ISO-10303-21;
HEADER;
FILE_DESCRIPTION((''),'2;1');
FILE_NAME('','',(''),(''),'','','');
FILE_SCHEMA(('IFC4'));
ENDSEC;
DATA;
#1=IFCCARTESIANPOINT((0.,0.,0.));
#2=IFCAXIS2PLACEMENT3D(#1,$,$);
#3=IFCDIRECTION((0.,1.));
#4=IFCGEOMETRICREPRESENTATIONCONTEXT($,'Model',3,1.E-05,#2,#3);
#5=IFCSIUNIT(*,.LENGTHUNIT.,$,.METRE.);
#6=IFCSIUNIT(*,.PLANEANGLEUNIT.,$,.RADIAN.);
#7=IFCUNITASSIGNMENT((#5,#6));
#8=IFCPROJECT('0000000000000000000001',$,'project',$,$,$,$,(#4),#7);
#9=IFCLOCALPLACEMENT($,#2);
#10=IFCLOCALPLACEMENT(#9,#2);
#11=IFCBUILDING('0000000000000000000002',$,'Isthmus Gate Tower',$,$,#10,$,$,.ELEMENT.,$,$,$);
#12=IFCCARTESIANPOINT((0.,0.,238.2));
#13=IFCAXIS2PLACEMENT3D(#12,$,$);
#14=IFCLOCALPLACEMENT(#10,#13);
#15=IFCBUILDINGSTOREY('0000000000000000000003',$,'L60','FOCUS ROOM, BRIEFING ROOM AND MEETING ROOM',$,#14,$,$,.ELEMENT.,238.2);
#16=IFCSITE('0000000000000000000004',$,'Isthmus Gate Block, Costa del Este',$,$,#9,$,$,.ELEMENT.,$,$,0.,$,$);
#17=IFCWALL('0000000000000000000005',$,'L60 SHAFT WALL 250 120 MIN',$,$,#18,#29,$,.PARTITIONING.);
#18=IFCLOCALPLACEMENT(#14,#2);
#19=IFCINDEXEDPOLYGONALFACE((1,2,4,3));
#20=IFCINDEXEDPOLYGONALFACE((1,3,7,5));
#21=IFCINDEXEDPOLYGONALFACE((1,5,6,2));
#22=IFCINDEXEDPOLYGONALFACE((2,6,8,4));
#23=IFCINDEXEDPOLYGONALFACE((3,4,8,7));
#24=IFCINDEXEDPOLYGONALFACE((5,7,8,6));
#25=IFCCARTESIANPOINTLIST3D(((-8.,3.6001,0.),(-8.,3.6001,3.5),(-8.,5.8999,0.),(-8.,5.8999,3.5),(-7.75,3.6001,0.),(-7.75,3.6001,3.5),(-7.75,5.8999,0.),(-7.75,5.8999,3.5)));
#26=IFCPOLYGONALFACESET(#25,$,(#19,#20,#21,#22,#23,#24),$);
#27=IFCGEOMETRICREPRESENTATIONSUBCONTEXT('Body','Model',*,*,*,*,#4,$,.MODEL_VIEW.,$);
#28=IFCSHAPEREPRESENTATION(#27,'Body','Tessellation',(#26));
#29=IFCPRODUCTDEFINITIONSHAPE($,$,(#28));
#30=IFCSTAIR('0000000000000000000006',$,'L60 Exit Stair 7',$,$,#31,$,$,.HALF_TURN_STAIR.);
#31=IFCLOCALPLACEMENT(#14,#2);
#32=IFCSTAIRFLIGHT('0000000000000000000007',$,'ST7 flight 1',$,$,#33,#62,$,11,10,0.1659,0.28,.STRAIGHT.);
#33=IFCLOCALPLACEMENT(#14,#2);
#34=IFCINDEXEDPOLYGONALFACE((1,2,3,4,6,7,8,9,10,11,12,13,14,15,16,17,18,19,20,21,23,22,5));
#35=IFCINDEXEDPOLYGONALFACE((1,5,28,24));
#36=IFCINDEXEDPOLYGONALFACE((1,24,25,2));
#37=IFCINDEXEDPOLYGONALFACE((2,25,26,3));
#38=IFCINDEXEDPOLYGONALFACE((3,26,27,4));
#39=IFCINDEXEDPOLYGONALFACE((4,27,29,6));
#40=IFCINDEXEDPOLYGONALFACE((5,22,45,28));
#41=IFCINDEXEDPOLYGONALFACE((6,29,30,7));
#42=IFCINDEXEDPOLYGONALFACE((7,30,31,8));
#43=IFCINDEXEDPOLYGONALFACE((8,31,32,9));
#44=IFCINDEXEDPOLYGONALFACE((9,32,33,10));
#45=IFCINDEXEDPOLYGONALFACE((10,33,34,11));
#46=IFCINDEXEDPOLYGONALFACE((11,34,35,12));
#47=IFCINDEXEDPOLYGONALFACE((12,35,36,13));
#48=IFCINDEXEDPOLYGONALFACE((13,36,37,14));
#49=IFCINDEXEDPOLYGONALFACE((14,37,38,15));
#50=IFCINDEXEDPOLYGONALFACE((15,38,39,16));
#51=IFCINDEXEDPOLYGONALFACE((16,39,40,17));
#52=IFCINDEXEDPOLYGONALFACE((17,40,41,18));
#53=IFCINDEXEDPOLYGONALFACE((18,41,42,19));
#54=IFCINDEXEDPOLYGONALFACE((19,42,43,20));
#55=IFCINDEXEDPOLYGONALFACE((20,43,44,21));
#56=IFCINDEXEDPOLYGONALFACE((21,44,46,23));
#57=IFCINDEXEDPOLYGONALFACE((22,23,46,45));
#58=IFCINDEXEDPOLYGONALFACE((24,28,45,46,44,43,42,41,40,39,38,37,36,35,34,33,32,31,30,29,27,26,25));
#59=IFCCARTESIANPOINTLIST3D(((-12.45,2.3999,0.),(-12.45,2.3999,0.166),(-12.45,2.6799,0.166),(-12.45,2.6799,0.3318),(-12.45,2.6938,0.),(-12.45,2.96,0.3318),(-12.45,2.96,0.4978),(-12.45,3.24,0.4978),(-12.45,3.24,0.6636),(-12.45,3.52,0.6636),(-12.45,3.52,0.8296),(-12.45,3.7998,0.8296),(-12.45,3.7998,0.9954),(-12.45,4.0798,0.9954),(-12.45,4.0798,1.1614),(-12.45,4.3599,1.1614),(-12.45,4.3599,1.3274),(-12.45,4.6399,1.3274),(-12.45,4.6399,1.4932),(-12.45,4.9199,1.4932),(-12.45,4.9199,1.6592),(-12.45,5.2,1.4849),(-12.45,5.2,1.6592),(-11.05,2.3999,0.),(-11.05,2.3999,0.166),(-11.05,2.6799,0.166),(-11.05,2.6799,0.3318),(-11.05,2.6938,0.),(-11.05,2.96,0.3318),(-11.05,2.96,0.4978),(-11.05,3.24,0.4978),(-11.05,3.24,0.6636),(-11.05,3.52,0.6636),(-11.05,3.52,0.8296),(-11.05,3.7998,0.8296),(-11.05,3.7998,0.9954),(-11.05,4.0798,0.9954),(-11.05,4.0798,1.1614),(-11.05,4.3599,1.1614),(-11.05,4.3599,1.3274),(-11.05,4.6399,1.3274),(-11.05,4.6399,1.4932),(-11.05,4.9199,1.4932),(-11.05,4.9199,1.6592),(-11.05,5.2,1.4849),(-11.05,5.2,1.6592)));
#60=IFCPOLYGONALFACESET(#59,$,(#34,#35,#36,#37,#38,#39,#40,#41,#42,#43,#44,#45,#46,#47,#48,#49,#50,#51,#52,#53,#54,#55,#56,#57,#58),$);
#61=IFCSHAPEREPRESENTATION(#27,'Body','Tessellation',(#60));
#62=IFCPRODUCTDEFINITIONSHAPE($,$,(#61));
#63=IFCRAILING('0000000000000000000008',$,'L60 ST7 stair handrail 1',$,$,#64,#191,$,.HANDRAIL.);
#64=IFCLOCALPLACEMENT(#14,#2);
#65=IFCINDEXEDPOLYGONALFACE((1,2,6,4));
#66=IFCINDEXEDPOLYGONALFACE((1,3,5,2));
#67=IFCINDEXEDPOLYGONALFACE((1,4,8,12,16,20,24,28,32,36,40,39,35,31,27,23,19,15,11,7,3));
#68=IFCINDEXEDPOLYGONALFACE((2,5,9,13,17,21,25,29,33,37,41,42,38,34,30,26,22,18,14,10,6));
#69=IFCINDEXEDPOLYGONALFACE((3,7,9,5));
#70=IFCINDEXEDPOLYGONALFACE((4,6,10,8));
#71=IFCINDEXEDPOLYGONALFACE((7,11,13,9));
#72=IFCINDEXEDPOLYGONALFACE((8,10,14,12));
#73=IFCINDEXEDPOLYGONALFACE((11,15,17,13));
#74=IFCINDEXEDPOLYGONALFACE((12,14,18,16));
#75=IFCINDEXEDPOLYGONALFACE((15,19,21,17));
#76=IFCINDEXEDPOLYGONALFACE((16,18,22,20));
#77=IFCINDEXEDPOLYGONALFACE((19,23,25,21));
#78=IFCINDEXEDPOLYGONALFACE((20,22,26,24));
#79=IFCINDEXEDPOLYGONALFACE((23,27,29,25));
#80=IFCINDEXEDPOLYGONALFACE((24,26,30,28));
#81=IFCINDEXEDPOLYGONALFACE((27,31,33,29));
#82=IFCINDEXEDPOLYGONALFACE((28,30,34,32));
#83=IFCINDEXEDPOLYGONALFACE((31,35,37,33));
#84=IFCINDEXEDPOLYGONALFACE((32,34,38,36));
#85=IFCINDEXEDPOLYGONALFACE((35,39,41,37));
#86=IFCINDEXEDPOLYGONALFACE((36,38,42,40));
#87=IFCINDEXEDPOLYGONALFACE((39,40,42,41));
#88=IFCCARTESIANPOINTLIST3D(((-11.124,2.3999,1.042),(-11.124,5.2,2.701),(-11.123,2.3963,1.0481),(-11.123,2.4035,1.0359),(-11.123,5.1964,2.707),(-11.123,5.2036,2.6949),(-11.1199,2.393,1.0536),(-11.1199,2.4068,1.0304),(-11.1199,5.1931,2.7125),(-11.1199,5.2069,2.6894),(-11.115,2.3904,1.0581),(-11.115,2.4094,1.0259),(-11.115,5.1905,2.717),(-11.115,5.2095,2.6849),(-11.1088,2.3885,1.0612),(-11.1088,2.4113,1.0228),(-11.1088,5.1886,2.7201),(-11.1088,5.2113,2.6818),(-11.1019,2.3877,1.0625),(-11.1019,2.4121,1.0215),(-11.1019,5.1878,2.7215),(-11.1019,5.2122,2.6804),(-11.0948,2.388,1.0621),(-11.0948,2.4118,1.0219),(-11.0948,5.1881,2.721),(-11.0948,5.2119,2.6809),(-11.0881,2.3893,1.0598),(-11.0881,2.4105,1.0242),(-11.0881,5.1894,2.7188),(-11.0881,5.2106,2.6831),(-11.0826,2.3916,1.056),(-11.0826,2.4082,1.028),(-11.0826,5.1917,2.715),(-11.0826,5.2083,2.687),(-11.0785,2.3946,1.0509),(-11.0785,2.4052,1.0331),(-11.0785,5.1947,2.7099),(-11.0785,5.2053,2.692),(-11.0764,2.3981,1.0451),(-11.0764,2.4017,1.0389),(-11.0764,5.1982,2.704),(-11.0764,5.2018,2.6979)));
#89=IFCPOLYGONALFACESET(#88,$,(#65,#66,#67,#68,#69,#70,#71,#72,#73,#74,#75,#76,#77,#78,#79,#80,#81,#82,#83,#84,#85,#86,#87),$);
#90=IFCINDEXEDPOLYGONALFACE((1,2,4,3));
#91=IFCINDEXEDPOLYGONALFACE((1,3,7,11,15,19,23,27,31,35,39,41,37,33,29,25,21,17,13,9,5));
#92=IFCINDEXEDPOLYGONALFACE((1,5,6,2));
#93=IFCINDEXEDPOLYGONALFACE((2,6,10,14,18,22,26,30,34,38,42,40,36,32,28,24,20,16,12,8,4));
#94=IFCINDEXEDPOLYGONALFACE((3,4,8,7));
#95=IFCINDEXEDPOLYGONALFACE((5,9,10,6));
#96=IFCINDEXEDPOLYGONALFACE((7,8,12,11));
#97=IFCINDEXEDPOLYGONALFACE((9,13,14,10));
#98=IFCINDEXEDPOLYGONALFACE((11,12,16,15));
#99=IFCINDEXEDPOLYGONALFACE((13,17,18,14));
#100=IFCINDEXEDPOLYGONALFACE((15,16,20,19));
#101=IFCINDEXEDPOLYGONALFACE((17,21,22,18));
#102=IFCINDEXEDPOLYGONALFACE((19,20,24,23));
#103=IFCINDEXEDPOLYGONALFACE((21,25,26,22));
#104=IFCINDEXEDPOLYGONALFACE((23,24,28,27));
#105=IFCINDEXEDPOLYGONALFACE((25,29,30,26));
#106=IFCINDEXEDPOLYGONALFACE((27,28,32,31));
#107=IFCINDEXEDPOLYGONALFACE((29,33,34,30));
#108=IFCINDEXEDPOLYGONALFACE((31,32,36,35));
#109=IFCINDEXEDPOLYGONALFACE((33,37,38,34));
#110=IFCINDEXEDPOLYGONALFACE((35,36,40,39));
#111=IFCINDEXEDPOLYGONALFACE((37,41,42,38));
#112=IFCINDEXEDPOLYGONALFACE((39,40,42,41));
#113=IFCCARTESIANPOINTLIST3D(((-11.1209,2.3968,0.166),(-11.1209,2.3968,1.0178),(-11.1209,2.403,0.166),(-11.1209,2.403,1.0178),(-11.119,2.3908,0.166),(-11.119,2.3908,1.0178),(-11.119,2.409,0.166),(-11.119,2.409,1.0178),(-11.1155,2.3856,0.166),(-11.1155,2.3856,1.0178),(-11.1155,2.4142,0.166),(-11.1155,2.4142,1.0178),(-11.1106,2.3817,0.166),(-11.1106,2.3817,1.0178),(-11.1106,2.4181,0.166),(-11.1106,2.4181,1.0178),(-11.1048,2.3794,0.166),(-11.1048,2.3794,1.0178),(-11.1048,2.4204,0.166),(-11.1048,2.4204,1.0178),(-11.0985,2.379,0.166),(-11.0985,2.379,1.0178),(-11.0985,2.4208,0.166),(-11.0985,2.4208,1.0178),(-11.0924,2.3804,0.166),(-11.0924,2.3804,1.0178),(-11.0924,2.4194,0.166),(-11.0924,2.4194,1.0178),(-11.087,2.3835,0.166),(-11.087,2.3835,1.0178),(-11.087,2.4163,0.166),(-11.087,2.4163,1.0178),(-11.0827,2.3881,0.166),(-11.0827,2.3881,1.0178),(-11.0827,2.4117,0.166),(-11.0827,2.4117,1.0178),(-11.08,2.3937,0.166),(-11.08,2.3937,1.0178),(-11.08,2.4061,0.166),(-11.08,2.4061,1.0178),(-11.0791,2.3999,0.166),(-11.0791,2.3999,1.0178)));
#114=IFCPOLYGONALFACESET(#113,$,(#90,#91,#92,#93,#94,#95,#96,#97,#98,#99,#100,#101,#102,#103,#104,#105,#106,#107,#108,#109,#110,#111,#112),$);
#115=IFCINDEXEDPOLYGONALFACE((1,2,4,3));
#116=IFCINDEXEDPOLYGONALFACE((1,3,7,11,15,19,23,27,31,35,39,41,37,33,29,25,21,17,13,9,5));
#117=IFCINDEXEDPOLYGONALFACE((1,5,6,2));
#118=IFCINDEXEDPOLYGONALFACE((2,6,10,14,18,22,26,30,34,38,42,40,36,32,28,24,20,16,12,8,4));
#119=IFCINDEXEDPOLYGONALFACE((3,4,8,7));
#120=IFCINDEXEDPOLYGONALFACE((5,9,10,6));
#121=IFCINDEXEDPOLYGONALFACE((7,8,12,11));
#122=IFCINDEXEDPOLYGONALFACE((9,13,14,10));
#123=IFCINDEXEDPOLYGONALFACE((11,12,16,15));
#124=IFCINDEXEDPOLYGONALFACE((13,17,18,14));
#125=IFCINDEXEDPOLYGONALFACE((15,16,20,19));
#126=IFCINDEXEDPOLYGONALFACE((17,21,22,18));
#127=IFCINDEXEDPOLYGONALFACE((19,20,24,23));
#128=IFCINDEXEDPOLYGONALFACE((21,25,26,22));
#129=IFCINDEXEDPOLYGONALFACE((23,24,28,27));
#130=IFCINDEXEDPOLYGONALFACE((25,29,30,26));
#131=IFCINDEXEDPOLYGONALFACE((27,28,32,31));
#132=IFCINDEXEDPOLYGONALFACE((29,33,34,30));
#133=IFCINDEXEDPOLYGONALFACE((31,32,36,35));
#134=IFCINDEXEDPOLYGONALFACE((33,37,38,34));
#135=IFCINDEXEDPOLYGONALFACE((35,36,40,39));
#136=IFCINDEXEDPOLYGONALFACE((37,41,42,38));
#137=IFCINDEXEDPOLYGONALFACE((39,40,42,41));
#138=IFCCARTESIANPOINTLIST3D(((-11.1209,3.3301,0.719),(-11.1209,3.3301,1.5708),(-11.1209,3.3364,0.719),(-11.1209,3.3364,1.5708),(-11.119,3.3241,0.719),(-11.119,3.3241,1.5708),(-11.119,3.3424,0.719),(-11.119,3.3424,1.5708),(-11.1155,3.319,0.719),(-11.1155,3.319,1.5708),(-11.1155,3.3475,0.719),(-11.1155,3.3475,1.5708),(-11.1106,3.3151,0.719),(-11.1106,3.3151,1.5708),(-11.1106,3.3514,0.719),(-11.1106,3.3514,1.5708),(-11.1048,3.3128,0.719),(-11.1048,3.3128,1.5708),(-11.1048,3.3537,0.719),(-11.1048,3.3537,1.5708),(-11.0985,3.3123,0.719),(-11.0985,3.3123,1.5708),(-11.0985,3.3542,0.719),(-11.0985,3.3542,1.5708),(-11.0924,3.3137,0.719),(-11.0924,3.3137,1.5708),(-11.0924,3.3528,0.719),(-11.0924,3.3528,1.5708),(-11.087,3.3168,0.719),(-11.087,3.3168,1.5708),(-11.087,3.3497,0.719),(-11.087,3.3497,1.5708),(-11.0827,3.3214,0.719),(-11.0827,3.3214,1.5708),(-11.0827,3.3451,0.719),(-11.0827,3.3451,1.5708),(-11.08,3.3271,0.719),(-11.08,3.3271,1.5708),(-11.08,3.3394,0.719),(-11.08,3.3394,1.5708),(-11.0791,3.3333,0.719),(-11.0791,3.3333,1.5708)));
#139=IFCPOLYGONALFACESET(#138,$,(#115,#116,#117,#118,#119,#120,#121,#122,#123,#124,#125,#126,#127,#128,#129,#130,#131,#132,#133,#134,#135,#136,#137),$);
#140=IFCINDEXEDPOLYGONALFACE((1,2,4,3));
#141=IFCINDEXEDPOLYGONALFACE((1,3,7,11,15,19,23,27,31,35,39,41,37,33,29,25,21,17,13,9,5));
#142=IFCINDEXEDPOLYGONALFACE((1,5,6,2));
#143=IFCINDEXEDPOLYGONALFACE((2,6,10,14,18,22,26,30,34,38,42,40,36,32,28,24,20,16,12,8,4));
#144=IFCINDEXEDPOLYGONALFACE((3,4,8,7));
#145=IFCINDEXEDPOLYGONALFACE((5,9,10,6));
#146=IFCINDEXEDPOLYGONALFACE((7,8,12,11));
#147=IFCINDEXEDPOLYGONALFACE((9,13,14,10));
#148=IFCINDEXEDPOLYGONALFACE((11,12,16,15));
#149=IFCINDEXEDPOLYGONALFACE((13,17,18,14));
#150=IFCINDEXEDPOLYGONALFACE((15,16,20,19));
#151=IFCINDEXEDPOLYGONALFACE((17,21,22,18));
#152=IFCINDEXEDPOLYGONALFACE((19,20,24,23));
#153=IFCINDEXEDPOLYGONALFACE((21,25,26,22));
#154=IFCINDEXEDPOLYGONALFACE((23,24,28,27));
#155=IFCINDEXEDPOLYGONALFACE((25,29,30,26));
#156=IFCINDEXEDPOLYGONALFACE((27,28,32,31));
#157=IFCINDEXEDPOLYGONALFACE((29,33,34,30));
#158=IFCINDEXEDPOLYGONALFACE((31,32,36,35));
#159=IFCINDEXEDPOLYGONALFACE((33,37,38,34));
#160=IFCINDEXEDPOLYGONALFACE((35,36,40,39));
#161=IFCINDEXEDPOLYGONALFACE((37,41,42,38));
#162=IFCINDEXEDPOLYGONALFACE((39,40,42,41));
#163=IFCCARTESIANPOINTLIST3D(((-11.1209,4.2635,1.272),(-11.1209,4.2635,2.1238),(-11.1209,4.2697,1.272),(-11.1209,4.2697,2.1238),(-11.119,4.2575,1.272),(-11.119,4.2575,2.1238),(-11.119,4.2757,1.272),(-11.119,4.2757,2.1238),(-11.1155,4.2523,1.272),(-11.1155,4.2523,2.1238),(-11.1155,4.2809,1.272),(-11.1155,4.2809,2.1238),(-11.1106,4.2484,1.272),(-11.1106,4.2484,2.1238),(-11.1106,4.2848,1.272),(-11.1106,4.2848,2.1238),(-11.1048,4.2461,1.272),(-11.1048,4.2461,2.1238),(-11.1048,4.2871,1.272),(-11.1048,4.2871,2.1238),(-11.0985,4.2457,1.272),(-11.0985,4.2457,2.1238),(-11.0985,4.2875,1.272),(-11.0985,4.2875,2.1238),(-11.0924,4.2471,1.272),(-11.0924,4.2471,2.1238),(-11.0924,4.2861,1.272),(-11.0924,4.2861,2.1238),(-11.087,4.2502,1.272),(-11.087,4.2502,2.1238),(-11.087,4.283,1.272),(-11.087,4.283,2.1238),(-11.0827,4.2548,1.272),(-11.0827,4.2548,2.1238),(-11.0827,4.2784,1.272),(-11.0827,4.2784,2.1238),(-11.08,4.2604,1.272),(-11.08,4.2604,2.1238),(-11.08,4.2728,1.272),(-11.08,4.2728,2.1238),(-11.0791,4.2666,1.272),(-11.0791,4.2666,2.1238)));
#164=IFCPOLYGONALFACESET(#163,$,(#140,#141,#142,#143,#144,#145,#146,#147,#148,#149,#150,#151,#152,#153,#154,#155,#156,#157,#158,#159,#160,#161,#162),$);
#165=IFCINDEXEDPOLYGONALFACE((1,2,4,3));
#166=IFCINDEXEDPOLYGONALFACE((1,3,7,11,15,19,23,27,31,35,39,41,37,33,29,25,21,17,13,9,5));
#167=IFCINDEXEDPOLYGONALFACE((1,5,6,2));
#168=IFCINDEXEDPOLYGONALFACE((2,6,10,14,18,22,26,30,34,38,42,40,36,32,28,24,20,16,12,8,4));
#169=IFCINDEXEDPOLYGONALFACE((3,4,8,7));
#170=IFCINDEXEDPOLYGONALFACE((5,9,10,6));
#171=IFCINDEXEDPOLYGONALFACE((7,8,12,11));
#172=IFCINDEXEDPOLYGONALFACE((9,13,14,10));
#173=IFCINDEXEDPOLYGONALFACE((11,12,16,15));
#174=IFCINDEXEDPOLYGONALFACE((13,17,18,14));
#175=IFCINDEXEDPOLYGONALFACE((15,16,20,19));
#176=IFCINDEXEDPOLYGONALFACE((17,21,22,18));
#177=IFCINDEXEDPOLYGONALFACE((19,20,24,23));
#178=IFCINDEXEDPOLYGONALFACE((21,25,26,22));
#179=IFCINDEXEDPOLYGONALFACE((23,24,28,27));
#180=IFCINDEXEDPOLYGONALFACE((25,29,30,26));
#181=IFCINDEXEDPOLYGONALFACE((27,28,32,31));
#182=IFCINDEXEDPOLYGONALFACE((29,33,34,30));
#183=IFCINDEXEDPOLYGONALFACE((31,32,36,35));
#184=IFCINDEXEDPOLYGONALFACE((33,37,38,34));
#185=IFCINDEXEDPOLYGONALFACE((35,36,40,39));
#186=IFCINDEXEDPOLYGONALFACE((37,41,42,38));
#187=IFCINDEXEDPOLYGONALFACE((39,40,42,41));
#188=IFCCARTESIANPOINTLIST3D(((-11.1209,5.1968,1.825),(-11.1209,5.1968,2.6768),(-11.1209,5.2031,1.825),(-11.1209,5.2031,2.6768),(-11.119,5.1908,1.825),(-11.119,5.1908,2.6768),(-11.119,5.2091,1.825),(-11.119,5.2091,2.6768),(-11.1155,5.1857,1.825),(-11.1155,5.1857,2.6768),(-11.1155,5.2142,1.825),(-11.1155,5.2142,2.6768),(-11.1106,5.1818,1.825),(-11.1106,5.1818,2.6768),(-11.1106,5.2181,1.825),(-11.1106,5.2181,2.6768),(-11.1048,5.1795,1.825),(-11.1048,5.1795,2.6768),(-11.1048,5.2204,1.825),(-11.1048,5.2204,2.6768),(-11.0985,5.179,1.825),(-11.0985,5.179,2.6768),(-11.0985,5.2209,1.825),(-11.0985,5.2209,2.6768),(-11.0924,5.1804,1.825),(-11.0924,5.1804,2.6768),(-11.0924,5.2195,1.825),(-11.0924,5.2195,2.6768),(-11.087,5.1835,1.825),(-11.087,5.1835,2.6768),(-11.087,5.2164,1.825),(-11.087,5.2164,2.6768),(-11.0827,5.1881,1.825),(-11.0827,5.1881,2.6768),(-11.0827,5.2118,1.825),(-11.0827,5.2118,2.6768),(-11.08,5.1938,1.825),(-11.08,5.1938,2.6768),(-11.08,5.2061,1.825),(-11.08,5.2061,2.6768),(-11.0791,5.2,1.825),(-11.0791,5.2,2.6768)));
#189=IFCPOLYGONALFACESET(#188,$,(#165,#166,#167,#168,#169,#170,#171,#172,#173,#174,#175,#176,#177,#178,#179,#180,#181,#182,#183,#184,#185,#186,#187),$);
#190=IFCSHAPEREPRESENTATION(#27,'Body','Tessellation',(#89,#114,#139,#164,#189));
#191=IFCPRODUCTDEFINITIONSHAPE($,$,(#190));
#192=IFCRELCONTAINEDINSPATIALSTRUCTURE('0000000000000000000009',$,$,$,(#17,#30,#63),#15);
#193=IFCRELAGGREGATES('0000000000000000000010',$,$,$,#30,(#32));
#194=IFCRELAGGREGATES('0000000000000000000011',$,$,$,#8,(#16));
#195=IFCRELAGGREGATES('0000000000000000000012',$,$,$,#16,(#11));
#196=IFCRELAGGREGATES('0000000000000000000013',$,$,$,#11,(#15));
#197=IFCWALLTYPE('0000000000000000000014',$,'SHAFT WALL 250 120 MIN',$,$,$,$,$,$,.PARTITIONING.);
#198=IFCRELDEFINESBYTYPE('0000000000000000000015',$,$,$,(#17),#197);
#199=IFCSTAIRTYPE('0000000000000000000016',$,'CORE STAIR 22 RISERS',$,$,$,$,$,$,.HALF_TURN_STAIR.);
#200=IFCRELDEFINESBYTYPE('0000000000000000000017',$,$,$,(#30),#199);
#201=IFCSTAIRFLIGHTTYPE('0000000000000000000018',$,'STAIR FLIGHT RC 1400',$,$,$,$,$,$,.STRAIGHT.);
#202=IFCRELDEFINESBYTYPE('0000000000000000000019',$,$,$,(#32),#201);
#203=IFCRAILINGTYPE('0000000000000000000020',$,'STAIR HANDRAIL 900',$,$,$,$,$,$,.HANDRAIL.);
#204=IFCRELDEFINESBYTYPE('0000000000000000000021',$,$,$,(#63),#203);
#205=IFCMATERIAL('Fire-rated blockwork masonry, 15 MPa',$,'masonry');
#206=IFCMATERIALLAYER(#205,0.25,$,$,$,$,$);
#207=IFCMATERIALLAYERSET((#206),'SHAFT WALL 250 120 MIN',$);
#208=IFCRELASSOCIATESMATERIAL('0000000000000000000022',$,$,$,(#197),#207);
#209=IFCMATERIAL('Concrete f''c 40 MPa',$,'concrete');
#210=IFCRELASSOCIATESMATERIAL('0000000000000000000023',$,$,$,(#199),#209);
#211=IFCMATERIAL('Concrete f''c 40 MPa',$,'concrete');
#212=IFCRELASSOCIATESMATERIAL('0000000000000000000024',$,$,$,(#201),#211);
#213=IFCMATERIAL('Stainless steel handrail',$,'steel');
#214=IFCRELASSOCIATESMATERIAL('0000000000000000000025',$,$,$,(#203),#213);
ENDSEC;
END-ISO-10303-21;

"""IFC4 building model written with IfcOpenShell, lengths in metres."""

from ifc_helpers import new_model, si_unit, direction, frame, frame_2d, origin, origin_2d, place, context, subcontext, project, spatial, polyline, rectangle, circle, outline, extrude, material, layer, layer_set, type_object, element, aggregate, save


model = new_model("IFC4")

# Units and contexts
model_context = context("Model", 3, precision=1e-05, world=origin(), true_north=direction((0.0, 1.0)))
body_context = subcontext(model_context, "Body", "Model", "MODEL_VIEW")
ifc_project = project(units=[si_unit("LENGTHUNIT", "METRE"), si_unit("PLANEANGLEUNIT", "RADIAN")], contexts=[model_context])

# Site, building, storey
site_placement = place(None, origin())
site = spatial("IfcSite", under=ifc_project, at=site_placement, Name="Isthmus Gate Block, Costa del Este", CompositionType="ELEMENT", RefElevation=0.0)
building_placement = place(site_placement, origin())
building = spatial("IfcBuilding", under=site, at=building_placement, Name="Isthmus Gate Tower", CompositionType="ELEMENT")
storey_placement = place(building_placement, frame((0.0, 0.0, 238.2)))
storey = spatial("IfcBuildingStorey", under=building, at=storey_placement, Name="L60", Description="FOCUS ROOM, BRIEFING ROOM AND MEETING ROOM", CompositionType="ELEMENT", Elevation=238.2)

# Wall
ifc_material_1 = material(Name="Fire-rated blockwork masonry, 15 MPa", Category="masonry")
ifc_layer_1 = layer(ifc_material_1, 0.25)
ifc_layer_set_1 = layer_set([ifc_layer_1], Name="SHAFT WALL 250 120 MIN")
wall_type_1 = type_object("IfcWallType", Name="SHAFT WALL 250 120 MIN", PredefinedType="PARTITIONING", material=ifc_layer_set_1)
wall_1_placement = place(storey_placement, frame((-7.875, 3.6001, 0.0), z_axis=(0.0, 0.0, 1.0), x_axis=(0.0, 1.0, 0.0)))
element("IfcWall", 1, at=wall_1_placement, inside=storey, type_object=wall_type_1, Name="L60 SHAFT WALL 250 120 MIN", PredefinedType="PARTITIONING", context=body_context, shape_type="SweptSolid", body=[
    extrude(rectangle(XDim=2.2998, YDim=0.25, at=frame_2d((1.1499, 0.0))), origin(), (0.0, 0.0, 1.0), 3.5),
])

# Stair, stair flight
ifc_material_2 = material(Name="Concrete f'c 40 MPa", Category="concrete")
stair_type = type_object("IfcStairType", Name="CORE STAIR 22 RISERS", PredefinedType="HALF_TURN_STAIR", material=ifc_material_2)
stair_placement = place(storey_placement, origin())
stair = element("IfcStair", 2, at=stair_placement, inside=storey, type_object=stair_type, Name="L60 Exit Stair 7", PredefinedType="HALF_TURN_STAIR")
ifc_material_3 = material(Name="Concrete f'c 40 MPa", Category="concrete")
stair_flight_type = type_object("IfcStairFlightType", Name="STAIR FLIGHT RC 1400", PredefinedType="STRAIGHT", material=ifc_material_3)
stair_flight_placement = place(storey_placement, frame((-11.75, 2.3999, 0.0), z_axis=(0.0, 0.0, 1.0), x_axis=(0.0, 1.0, 0.0)))
stair_flight = element("IfcStairFlight", 3, at=stair_flight_placement, type_object=stair_flight_type, Name="ST7 flight 1", NumberOfRisers=11, NumberOfTreads=10, PredefinedType="STRAIGHT", RiserHeight=0.1659, TreadLength=0.28, context=body_context, shape_type="SweptSolid", body=[
    extrude(outline(polyline([(0.0, 0.0), (0.0, 0.166), (0.28, 0.166), (0.28, 0.3318), (0.5601, 0.3318), (0.5601, 0.4978), (0.8401, 0.4978), (0.8401, 0.6636), (1.1201, 0.6636), (1.1201, 0.8296), (1.3999, 0.8296), (1.3999, 0.9954), (1.6799, 0.9954), (1.6799, 1.1614), (1.96, 1.1614), (1.96, 1.3274), (2.24, 1.3274), (2.24, 1.4932), (2.52, 1.4932), (2.52, 1.6592), (2.8, 1.6592), (2.8, 1.825), (2.8, 1.4849), (0.2939, 0.0), (0.0, 0.0)])), frame((0.0, 0.7, 0.0), z_axis=(0.0, -1.0, 0.0), x_axis=(1.0, 0.0, 0.0)), (0.0, 0.0, 1.0), 1.3999),
])
aggregate(stair, [stair_flight])

# Railing
ifc_material_4 = material(Name="Stainless steel handrail", Category="steel")
railing_type_1 = type_object("IfcRailingType", Name="STAIR HANDRAIL 900", PredefinedType="HANDRAIL", material=ifc_material_4)
railing_1_placement = place(storey_placement, frame((-11.1001, 2.3999, 0.166)))
element("IfcRailing", 4, at=railing_1_placement, inside=storey, type_object=railing_type_1, Name="L60 ST7 stair handrail 1", PredefinedType="HANDRAIL", context=body_context, shape_type="SweptSolid", body=[
    extrude(circle(Radius=0.0239, at=origin_2d()), frame((0.0, 0.0, 0.876), z_axis=(0.0, 0.860339, 0.509722), x_axis=(-1.0, 0.0, 0.0)), (0.0, 0.0, 1.0), 3.2546),
    extrude(circle(Radius=0.021, at=origin_2d()), origin(), (0.0, 0.0, 1.0), 0.8518),
    extrude(circle(Radius=0.021, at=origin_2d()), frame((0.0, 0.9333, 0.553)), (0.0, 0.0, 1.0), 0.8518),
    extrude(circle(Radius=0.021, at=origin_2d()), frame((0.0, 1.8667, 1.106)), (0.0, 0.0, 1.0), 0.8518),
    extrude(circle(Radius=0.021, at=origin_2d()), frame((0.0, 2.8, 1.6589)), (0.0, 0.0, 1.0), 0.8518),
])

save(model, "model.ifc")
